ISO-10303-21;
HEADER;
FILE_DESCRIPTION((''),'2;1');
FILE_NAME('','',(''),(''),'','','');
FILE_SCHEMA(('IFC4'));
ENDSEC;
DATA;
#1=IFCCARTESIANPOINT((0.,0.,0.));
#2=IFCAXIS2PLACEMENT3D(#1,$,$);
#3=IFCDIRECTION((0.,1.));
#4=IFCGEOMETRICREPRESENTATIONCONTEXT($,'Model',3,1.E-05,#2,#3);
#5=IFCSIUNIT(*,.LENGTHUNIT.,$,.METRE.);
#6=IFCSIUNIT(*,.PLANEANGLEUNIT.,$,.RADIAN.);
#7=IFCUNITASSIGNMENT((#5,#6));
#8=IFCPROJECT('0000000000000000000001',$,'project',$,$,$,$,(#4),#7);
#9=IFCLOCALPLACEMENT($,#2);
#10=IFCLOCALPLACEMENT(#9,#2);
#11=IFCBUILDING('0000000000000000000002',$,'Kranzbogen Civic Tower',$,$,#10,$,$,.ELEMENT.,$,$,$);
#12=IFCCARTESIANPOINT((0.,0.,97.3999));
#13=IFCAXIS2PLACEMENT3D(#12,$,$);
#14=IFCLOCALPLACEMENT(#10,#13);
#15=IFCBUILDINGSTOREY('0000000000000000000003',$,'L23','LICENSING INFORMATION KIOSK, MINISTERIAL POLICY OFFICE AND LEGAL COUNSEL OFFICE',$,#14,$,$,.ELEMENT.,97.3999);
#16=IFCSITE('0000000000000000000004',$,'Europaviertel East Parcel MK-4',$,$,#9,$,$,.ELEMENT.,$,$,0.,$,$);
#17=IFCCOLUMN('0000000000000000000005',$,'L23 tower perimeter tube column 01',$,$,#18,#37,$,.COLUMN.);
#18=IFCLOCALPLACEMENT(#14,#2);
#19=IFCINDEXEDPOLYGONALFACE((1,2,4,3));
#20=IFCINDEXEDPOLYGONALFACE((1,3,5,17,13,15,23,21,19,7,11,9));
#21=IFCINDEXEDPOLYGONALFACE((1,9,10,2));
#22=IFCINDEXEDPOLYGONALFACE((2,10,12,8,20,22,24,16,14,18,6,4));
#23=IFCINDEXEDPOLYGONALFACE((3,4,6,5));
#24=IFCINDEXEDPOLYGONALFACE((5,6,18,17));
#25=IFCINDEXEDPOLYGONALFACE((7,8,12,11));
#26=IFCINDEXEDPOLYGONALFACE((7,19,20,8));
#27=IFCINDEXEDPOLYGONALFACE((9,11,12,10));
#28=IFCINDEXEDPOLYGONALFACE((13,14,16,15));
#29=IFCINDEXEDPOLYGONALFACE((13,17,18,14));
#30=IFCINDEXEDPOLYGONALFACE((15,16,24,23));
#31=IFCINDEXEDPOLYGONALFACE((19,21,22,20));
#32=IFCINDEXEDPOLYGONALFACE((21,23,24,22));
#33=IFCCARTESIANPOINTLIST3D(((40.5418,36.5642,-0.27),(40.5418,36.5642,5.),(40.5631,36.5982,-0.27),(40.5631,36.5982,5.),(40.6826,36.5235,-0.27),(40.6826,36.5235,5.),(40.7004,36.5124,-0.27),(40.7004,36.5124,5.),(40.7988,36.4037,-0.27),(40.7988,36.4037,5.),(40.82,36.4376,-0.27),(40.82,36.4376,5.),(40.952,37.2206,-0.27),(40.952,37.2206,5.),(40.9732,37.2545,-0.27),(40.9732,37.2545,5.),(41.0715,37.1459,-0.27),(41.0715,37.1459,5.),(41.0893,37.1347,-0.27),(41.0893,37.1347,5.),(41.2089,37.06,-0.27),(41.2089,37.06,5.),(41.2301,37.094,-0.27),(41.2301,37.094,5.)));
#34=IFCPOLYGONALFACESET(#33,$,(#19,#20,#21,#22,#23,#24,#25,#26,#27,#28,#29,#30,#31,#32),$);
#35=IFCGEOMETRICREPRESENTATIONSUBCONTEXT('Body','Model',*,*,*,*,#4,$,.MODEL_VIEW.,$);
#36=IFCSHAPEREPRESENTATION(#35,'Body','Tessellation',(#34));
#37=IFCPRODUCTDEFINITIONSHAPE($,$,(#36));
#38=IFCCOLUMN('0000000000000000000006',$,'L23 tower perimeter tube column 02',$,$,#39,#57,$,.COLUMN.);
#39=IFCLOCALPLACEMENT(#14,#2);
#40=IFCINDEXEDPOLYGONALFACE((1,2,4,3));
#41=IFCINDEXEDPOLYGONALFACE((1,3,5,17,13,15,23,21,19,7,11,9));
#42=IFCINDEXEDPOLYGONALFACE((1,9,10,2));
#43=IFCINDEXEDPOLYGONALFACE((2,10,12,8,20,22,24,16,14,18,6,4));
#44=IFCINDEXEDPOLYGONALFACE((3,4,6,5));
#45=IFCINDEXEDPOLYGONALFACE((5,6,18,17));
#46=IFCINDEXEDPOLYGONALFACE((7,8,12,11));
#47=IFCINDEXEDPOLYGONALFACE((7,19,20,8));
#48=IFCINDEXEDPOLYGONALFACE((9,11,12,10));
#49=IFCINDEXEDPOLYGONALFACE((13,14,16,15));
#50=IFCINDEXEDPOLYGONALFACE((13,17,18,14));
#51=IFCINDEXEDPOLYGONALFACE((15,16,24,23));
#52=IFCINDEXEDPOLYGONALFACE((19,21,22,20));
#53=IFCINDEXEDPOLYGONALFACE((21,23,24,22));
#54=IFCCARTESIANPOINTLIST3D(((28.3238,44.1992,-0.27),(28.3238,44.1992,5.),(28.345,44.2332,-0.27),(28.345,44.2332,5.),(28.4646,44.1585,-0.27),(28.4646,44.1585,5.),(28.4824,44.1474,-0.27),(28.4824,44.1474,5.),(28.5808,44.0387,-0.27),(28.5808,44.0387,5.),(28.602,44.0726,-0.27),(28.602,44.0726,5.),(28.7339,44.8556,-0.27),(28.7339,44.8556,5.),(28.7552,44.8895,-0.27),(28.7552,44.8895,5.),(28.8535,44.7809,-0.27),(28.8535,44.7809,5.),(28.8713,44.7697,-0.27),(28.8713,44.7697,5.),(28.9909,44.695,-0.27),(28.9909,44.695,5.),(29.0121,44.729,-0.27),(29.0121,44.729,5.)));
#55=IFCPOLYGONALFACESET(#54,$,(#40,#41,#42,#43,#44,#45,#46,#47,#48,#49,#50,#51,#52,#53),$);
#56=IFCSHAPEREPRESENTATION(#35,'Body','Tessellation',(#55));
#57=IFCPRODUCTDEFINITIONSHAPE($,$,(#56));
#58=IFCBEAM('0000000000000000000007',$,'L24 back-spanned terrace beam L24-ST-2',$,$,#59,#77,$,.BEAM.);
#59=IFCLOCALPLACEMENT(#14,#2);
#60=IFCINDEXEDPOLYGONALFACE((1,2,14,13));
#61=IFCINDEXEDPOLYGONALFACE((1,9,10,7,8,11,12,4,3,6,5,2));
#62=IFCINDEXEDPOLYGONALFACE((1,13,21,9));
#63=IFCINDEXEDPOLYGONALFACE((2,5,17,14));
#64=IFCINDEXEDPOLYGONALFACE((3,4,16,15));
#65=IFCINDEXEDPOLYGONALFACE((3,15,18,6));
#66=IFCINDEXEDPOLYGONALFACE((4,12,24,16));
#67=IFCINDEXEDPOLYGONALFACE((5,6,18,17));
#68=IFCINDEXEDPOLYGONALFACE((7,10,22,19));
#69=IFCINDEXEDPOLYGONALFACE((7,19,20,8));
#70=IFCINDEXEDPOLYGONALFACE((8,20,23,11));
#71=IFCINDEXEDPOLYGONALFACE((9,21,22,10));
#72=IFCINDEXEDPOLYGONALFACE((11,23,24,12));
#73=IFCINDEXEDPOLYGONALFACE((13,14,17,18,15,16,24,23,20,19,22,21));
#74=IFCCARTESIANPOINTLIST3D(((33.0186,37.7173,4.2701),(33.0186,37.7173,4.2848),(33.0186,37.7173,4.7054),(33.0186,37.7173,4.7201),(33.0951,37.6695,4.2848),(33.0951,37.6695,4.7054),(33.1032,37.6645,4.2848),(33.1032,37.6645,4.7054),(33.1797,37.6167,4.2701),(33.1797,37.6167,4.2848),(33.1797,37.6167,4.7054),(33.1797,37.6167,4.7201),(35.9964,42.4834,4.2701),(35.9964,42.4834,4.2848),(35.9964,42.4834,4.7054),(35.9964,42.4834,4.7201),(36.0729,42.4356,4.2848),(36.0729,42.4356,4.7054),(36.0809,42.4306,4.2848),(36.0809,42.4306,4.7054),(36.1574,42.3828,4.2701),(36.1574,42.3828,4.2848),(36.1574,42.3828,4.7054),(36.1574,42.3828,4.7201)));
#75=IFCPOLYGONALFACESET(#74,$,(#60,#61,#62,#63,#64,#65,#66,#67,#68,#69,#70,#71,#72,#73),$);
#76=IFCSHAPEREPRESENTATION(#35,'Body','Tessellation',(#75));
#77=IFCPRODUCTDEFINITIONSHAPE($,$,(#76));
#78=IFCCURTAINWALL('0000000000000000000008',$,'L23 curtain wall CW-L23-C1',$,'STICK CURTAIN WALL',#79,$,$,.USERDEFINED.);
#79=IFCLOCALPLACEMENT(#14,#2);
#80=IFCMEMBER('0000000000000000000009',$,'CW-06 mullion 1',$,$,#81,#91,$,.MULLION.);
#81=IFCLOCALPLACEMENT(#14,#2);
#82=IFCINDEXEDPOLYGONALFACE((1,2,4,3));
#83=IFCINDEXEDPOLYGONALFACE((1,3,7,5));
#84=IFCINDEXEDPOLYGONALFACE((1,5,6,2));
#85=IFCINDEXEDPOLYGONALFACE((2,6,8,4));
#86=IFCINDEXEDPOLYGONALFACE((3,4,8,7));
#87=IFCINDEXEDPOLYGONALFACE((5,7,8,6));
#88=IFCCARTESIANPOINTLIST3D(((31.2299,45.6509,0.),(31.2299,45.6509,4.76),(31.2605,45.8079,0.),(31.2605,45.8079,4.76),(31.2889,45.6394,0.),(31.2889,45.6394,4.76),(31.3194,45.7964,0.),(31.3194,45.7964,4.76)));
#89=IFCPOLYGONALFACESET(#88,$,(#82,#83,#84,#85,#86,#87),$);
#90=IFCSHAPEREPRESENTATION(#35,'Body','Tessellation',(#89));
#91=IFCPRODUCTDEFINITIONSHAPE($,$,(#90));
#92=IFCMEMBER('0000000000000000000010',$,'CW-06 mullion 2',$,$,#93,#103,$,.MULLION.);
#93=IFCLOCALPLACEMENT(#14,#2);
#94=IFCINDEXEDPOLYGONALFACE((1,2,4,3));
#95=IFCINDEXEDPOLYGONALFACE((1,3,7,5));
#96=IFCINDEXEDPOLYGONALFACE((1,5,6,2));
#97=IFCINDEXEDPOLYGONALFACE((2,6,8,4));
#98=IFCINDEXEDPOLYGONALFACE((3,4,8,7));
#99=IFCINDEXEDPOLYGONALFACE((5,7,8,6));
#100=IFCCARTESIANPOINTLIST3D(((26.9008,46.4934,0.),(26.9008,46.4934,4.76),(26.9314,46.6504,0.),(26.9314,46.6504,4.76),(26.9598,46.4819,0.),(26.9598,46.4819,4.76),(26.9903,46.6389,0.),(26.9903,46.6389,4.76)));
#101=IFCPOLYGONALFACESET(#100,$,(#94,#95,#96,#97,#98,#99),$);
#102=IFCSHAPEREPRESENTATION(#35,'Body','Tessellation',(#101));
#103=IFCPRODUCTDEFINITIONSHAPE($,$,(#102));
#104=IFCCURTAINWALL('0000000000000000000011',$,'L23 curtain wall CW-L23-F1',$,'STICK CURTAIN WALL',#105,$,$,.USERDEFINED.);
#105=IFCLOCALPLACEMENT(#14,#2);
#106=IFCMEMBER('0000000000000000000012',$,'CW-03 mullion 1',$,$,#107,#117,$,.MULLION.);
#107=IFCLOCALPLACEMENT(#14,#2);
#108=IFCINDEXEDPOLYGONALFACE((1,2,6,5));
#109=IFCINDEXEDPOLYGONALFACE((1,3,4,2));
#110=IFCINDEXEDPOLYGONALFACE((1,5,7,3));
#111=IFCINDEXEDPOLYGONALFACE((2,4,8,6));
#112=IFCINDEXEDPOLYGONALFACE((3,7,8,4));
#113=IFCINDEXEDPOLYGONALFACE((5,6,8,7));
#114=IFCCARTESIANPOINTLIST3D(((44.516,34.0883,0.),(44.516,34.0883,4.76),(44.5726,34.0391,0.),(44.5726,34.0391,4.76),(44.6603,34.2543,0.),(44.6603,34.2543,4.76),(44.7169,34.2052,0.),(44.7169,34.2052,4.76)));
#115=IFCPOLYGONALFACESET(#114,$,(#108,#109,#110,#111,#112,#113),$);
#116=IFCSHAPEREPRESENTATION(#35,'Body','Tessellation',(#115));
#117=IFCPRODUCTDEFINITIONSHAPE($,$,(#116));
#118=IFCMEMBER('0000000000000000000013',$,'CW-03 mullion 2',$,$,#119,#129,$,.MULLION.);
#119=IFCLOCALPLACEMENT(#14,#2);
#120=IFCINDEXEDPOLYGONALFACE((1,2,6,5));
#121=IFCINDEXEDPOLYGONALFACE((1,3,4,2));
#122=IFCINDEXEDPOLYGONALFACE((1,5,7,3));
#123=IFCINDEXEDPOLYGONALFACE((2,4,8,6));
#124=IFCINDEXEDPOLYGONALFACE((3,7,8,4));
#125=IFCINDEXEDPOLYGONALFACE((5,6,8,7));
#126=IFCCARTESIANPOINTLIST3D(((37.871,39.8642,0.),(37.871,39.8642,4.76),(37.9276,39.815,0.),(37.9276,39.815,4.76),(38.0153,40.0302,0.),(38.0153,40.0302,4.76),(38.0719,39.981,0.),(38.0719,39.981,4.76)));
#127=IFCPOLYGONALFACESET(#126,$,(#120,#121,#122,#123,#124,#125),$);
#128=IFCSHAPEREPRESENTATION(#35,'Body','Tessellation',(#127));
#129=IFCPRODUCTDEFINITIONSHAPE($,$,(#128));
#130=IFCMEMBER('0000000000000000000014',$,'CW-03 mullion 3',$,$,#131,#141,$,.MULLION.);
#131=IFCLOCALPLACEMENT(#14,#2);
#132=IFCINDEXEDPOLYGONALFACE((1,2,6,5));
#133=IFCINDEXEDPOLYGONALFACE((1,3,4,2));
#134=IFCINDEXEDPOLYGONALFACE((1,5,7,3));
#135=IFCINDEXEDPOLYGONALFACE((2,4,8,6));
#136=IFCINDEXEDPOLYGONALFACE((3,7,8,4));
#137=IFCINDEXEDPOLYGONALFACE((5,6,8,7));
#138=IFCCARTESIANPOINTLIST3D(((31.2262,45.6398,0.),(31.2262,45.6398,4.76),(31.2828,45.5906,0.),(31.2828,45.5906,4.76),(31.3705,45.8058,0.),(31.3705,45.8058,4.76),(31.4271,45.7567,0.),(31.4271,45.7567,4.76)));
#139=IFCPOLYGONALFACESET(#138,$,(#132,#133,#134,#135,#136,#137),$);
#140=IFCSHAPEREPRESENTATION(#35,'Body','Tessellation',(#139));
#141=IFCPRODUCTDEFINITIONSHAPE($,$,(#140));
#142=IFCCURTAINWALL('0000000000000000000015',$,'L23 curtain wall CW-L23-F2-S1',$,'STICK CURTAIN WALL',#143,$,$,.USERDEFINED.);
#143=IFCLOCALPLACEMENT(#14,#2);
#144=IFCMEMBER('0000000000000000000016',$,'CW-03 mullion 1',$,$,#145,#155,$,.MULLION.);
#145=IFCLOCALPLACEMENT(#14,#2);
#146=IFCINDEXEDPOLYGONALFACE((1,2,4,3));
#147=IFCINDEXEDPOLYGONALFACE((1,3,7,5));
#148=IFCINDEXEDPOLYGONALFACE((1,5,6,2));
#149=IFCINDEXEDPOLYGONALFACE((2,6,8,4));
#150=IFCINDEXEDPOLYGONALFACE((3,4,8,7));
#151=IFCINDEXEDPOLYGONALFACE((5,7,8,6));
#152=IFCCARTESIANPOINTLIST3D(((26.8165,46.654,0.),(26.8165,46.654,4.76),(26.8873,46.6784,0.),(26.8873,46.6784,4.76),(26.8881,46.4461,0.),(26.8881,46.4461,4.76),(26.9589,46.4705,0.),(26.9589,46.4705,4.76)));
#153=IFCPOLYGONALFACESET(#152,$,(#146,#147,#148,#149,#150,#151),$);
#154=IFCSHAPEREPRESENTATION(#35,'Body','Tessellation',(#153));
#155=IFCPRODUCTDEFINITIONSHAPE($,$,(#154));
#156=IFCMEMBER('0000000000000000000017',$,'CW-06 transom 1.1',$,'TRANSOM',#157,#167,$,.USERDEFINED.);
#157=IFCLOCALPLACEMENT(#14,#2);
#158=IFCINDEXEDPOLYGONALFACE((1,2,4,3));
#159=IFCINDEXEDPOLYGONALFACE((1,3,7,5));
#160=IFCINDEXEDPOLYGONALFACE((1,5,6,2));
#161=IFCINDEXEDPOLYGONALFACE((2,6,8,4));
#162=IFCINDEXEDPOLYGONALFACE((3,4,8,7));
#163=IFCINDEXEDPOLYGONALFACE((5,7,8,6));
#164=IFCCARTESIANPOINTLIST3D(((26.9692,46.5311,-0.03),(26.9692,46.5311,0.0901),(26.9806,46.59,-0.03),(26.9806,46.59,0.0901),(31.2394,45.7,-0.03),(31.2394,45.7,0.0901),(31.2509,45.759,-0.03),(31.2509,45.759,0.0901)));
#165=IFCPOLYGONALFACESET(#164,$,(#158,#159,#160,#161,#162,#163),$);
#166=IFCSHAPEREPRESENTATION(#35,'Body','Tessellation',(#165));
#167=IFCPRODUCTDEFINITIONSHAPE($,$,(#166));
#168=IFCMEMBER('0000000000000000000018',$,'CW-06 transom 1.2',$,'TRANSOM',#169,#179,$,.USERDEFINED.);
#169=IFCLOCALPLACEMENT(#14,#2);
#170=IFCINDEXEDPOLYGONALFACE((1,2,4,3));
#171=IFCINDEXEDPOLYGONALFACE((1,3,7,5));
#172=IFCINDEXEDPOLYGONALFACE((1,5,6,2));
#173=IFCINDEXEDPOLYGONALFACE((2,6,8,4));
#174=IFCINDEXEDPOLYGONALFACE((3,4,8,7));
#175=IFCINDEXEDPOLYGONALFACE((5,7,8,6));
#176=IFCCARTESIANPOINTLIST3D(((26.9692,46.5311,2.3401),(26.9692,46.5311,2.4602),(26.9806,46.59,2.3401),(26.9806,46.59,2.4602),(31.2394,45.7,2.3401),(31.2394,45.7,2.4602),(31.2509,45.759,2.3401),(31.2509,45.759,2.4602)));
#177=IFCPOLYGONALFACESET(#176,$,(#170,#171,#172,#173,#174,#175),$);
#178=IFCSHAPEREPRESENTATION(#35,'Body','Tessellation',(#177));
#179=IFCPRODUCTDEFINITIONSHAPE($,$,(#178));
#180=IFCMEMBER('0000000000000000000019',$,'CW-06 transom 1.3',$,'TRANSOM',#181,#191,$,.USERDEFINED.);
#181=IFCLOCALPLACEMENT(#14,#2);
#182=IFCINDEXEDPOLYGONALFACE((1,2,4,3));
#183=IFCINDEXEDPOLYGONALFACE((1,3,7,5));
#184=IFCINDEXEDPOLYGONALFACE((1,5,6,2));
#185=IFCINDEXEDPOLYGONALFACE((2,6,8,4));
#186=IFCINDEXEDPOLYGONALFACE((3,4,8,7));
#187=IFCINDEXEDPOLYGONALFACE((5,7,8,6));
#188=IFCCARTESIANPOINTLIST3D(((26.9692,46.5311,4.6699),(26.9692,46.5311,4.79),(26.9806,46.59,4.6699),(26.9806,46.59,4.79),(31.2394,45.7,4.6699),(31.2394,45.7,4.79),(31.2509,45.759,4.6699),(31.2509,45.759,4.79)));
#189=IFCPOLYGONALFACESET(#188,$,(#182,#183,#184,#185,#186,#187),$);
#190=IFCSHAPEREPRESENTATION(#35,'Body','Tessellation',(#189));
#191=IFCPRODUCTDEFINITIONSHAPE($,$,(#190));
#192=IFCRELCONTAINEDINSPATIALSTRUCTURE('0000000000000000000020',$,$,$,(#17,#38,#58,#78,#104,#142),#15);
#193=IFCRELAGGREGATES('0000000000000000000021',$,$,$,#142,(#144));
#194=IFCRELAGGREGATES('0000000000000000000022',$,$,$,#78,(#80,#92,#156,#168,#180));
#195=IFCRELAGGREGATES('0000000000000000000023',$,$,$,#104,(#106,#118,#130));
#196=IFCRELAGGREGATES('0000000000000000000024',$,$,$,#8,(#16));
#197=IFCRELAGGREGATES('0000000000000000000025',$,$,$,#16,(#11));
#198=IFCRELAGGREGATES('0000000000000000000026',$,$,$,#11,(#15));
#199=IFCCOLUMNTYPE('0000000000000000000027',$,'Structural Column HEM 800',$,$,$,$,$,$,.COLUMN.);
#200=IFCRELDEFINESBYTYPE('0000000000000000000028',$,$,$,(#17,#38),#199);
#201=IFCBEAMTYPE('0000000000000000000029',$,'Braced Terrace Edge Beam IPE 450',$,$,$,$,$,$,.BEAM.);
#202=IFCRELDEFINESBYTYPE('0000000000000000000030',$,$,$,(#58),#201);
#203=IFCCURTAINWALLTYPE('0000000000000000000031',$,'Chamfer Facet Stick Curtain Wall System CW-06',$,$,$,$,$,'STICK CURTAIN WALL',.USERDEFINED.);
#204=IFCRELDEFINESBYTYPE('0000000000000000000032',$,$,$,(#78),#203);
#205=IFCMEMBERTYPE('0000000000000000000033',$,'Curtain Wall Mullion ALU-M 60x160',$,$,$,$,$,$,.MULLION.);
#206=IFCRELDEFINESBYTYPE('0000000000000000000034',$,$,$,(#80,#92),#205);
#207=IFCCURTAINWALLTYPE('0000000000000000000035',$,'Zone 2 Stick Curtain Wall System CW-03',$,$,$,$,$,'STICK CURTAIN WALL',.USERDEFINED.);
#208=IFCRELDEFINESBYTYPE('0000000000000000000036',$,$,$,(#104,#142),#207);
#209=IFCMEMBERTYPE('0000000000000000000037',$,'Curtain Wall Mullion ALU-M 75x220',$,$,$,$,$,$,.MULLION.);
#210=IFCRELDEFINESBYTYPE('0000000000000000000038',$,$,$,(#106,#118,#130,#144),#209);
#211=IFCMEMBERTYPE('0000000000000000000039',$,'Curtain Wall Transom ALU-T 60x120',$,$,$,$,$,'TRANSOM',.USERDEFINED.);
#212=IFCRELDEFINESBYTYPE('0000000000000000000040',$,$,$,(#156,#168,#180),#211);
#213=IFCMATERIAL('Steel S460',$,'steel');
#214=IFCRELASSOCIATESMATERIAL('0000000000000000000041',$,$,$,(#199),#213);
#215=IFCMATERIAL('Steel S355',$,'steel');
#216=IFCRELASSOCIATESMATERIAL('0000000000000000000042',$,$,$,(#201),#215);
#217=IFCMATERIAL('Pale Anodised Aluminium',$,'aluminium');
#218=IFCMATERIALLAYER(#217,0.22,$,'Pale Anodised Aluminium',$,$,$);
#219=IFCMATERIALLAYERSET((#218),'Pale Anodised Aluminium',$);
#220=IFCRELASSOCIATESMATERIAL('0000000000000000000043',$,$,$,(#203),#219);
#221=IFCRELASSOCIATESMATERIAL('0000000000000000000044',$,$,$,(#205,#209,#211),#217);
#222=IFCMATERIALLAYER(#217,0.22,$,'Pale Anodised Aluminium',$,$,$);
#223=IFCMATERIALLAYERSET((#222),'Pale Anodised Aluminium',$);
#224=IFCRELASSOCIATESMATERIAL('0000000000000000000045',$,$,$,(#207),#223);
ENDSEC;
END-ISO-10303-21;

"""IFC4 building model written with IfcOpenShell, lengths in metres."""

from ifc_helpers import new_model, si_unit, direction, frame, origin, origin_2d, place, context, subcontext, project, spatial, rectangle, i_section, extrude, material, layer, layer_set, material_profile, profile_set, type_object, element, aggregate, save


model = new_model("IFC4")

# Units and contexts
model_context = context("Model", 3, precision=1e-05, world=origin(), true_north=direction((0.0, 1.0)))
body_context = subcontext(model_context, "Body", "Model", "MODEL_VIEW")
ifc_project = project(units=[si_unit("LENGTHUNIT", "METRE"), si_unit("PLANEANGLEUNIT", "RADIAN")], contexts=[model_context])

# Site, building, storey
site_placement = place(None, origin())
site = spatial("IfcSite", under=ifc_project, at=site_placement, Name="Europaviertel East Parcel MK-4", CompositionType="ELEMENT", RefElevation=0.0)
building_placement = place(site_placement, origin())
building = spatial("IfcBuilding", under=site, at=building_placement, Name="Kranzbogen Civic Tower", CompositionType="ELEMENT")
storey_placement = place(building_placement, frame((0.0, 0.0, 97.3999)))
storey = spatial("IfcBuildingStorey", under=building, at=storey_placement, Name="L23", Description="LICENSING INFORMATION KIOSK, MINISTERIAL POLICY OFFICE AND LEGAL COUNSEL OFFICE", CompositionType="ELEMENT", Elevation=97.3999)

# Columns
ifc_material_1 = material(Name="Steel S460", Category="steel")
ifc_material_profile_1 = material_profile(ifc_material_1, i_section(OverallWidth=0.303, OverallDepth=0.814, WebThickness=0.021, FlangeThickness=0.04, at=origin_2d()), Name="HEM 800")
ifc_profile_set_1 = profile_set([ifc_material_profile_1], Name="Steel S460")
column_type = type_object("IfcColumnType", Name="Structural Column HEM 800", PredefinedType="COLUMN", material=ifc_profile_set_1)
for number, where, z_axis, x_axis, name in (
    (1, (40.886, 36.8291, -0.27), (0.0, 0.0, 1.0), (-0.848048, 0.529919, 0.0), "L23 tower perimeter tube column 01"),
    (2, (28.668, 44.4641, -0.27), (0.0, 0.0, 1.0), (-0.848048, 0.529919, 0.0), "L23 tower perimeter tube column 02"),
):
    element("IfcColumn", number, at=place(storey_placement, frame(where, z_axis=z_axis, x_axis=x_axis)), inside=storey, type_object=column_type, Name=name, PredefinedType="COLUMN", context=body_context, shape_type="SweptSolid", body=[
        extrude(i_section(OverallWidth=0.303, OverallDepth=0.814, WebThickness=0.021, FlangeThickness=0.04, at=origin_2d()), origin(), (0.0, 0.0, 1.0), 5.27),
    ])

# Beam
ifc_material_2 = material(Name="Steel S355", Category="steel")
ifc_material_profile_2 = material_profile(ifc_material_2, i_section(OverallWidth=0.1899, OverallDepth=0.45, WebThickness=0.0095, FlangeThickness=0.0146, at=origin_2d()), Name="IPE 450")
ifc_profile_set_2 = profile_set([ifc_material_profile_2], Name="Steel S355")
beam_type_1 = type_object("IfcBeamType", Name="Braced Terrace Edge Beam IPE 450", PredefinedType="BEAM", material=ifc_profile_set_2)
beam_1_placement = place(storey_placement, frame((33.0991, 37.667, 4.4951), z_axis=(0.529866, 0.848081, 0.0), x_axis=(-0.848081, 0.529866, 0.0)))
element("IfcBeam", 3, at=beam_1_placement, inside=storey, type_object=beam_type_1, Name="L24 back-spanned terrace beam L24-ST-2", PredefinedType="BEAM", context=body_context, shape_type="SweptSolid", body=[
    extrude(i_section(OverallWidth=0.1899, OverallDepth=0.45, WebThickness=0.0095, FlangeThickness=0.0146, at=origin_2d()), origin(), (0.0, 0.0, 1.0), 5.6199),
])

# Curtain walls, members
ifc_material_3 = material(Name="Pale Anodised Aluminium", Category="aluminium")
ifc_layer_1 = layer(ifc_material_3, 0.22, Name="Pale Anodised Aluminium")
ifc_layer_set_1 = layer_set([ifc_layer_1], Name="Pale Anodised Aluminium")
curtain_wall_type_1 = type_object("IfcCurtainWallType", Name="Chamfer Facet Stick Curtain Wall System CW-06", ElementType="STICK CURTAIN WALL", PredefinedType="USERDEFINED", material=ifc_layer_set_1)
curtain_wall_1_placement = place(storey_placement, origin())
curtain_wall_1 = element("IfcCurtainWall", 4, at=curtain_wall_1_placement, inside=storey, type_object=curtain_wall_type_1, Name="L23 curtain wall CW-L23-C1", ObjectType="STICK CURTAIN WALL", PredefinedType="USERDEFINED")
ifc_material_profile_3 = material_profile(ifc_material_3, rectangle(XDim=0.0601, YDim=0.1599, at=origin_2d()), Name="ALU-M 60x160")
ifc_profile_set_3 = profile_set([ifc_material_profile_3], Name="Pale Anodised Aluminium")
member_type_1 = type_object("IfcMemberType", Name="Curtain Wall Mullion ALU-M 60x160", PredefinedType="MULLION", material=ifc_profile_set_3)
member_1_placement = place(storey_placement, frame((31.2747, 45.7236, 0.0), z_axis=(0.0, 0.0, 1.0), x_axis=(-0.981583, 0.191037, 0.0)))
member_1 = element("IfcMember", 5, at=member_1_placement, type_object=member_type_1, Name="CW-06 mullion 1", PredefinedType="MULLION", context=body_context, shape_type="SweptSolid", body=[
    extrude(rectangle(XDim=0.0601, YDim=0.1599, at=origin_2d()), origin(), (0.0, 0.0, 1.0), 4.76),
])
member_2_placement = place(storey_placement, frame((26.9456, 46.5662, 0.0), z_axis=(0.0, 0.0, 1.0), x_axis=(-0.981583, 0.191037, 0.0)))
member_2 = element("IfcMember", 6, at=member_2_placement, type_object=member_type_1, Name="CW-06 mullion 2", PredefinedType="MULLION", context=body_context, shape_type="SweptSolid", body=[
    extrude(rectangle(XDim=0.0601, YDim=0.1599, at=origin_2d()), origin(), (0.0, 0.0, 1.0), 4.76),
])
ifc_layer_2 = layer(ifc_material_3, 0.22, Name="Pale Anodised Aluminium")
ifc_layer_set_2 = layer_set([ifc_layer_2], Name="Pale Anodised Aluminium")
curtain_wall_type_2 = type_object("IfcCurtainWallType", Name="Zone 2 Stick Curtain Wall System CW-03", ElementType="STICK CURTAIN WALL", PredefinedType="USERDEFINED", material=ifc_layer_set_2)
curtain_wall_2_placement = place(storey_placement, origin())
curtain_wall_2 = element("IfcCurtainWall", 7, at=curtain_wall_2_placement, inside=storey, type_object=curtain_wall_type_2, Name="L23 curtain wall CW-L23-F1", ObjectType="STICK CURTAIN WALL", PredefinedType="USERDEFINED")
ifc_material_profile_4 = material_profile(ifc_material_3, rectangle(XDim=0.075, YDim=0.22, at=origin_2d()), Name="ALU-M 75x220")
ifc_profile_set_4 = profile_set([ifc_material_profile_4], Name="Pale Anodised Aluminium")
member_type_2 = type_object("IfcMemberType", Name="Curtain Wall Mullion ALU-M 75x220", PredefinedType="MULLION", material=ifc_profile_set_4)
member_3_placement = place(storey_placement, frame((44.6165, 34.1467, 0.0), z_axis=(0.0, 0.0, 1.0), x_axis=(-0.754736, 0.656029, 0.0)))
member_3 = element("IfcMember", 8, at=member_3_placement, type_object=member_type_2, Name="CW-03 mullion 1", PredefinedType="MULLION", context=body_context, shape_type="SweptSolid", body=[
    extrude(rectangle(XDim=0.075, YDim=0.22, at=origin_2d()), origin(), (0.0, 0.0, 1.0), 4.76),
])
member_4_placement = place(storey_placement, frame((37.9714, 39.9226, 0.0), z_axis=(0.0, 0.0, 1.0), x_axis=(-0.754736, 0.656029, 0.0)))
member_4 = element("IfcMember", 9, at=member_4_placement, type_object=member_type_2, Name="CW-03 mullion 2", PredefinedType="MULLION", context=body_context, shape_type="SweptSolid", body=[
    extrude(rectangle(XDim=0.075, YDim=0.22, at=origin_2d()), origin(), (0.0, 0.0, 1.0), 4.76),
])
member_5_placement = place(storey_placement, frame((31.3267, 45.6982, 0.0), z_axis=(0.0, 0.0, 1.0), x_axis=(-0.754736, 0.656029, 0.0)))
member_5 = element("IfcMember", 10, at=member_5_placement, type_object=member_type_2, Name="CW-03 mullion 3", PredefinedType="MULLION", context=body_context, shape_type="SweptSolid", body=[
    extrude(rectangle(XDim=0.075, YDim=0.22, at=origin_2d()), origin(), (0.0, 0.0, 1.0), 4.76),
])

# Curtain wall, member
curtain_wall_3_placement = place(storey_placement, origin())
curtain_wall_3 = element("IfcCurtainWall", 11, at=curtain_wall_3_placement, inside=storey, type_object=curtain_wall_type_2, Name="L23 curtain wall CW-L23-F2-S1", ObjectType="STICK CURTAIN WALL", PredefinedType="USERDEFINED")
member_6_placement = place(storey_placement, frame((26.8877, 46.5623, 0.0), z_axis=(0.0, 0.0, 1.0), x_axis=(-0.945507, -0.325603, 0.0)))
member_6 = element("IfcMember", 12, at=member_6_placement, type_object=member_type_2, Name="CW-03 mullion 1", PredefinedType="MULLION", context=body_context, shape_type="SweptSolid", body=[
    extrude(rectangle(XDim=0.075, YDim=0.22, at=origin_2d()), origin(), (0.0, 0.0, 1.0), 4.76),
])

# Members
ifc_material_profile_5 = material_profile(ifc_material_3, rectangle(XDim=0.0601, YDim=0.1201, at=origin_2d()), Name="ALU-T 60x120")
ifc_profile_set_5 = profile_set([ifc_material_profile_5], Name="Pale Anodised Aluminium")
member_type_3 = type_object("IfcMemberType", Name="Curtain Wall Transom ALU-T 60x120", ElementType="TRANSOM", PredefinedType="USERDEFINED", material=ifc_profile_set_5)
member_7_placement = place(storey_placement, frame((31.2451, 45.7295, 0.03), z_axis=(-0.981584, 0.19103, 0.0), x_axis=(-0.19103, -0.981584, 0.0)))
member_7 = element("IfcMember", 13, at=member_7_placement, type_object=member_type_3, Name="CW-06 transom 1.1", ObjectType="TRANSOM", PredefinedType="USERDEFINED", context=body_context, shape_type="SweptSolid", body=[
    extrude(rectangle(XDim=0.0601, YDim=0.1201, at=origin_2d()), origin(), (0.0, 0.0, 1.0), 4.3503),
])
member_8_placement = place(storey_placement, frame((31.2451, 45.7295, 2.4001), z_axis=(-0.981584, 0.19103, 0.0), x_axis=(-0.19103, -0.981584, 0.0)))
member_8 = element("IfcMember", 14, at=member_8_placement, type_object=member_type_3, Name="CW-06 transom 1.2", ObjectType="TRANSOM", PredefinedType="USERDEFINED", context=body_context, shape_type="SweptSolid", body=[
    extrude(rectangle(XDim=0.0601, YDim=0.1201, at=origin_2d()), origin(), (0.0, 0.0, 1.0), 4.3503),
])
member_9_placement = place(storey_placement, frame((31.2451, 45.7295, 4.73), z_axis=(-0.981584, 0.19103, 0.0), x_axis=(-0.19103, -0.981584, 0.0)))
member_9 = element("IfcMember", 15, at=member_9_placement, type_object=member_type_3, Name="CW-06 transom 1.3", ObjectType="TRANSOM", PredefinedType="USERDEFINED", context=body_context, shape_type="SweptSolid", body=[
    extrude(rectangle(XDim=0.0601, YDim=0.1201, at=origin_2d()), origin(), (0.0, 0.0, 1.0), 4.3503),
])
aggregate(curtain_wall_3, [member_6])

aggregate(curtain_wall_1, [member_1, member_2, member_7, member_8, member_9])
aggregate(curtain_wall_2, [member_3, member_4, member_5])

save(model, "model.ifc")
